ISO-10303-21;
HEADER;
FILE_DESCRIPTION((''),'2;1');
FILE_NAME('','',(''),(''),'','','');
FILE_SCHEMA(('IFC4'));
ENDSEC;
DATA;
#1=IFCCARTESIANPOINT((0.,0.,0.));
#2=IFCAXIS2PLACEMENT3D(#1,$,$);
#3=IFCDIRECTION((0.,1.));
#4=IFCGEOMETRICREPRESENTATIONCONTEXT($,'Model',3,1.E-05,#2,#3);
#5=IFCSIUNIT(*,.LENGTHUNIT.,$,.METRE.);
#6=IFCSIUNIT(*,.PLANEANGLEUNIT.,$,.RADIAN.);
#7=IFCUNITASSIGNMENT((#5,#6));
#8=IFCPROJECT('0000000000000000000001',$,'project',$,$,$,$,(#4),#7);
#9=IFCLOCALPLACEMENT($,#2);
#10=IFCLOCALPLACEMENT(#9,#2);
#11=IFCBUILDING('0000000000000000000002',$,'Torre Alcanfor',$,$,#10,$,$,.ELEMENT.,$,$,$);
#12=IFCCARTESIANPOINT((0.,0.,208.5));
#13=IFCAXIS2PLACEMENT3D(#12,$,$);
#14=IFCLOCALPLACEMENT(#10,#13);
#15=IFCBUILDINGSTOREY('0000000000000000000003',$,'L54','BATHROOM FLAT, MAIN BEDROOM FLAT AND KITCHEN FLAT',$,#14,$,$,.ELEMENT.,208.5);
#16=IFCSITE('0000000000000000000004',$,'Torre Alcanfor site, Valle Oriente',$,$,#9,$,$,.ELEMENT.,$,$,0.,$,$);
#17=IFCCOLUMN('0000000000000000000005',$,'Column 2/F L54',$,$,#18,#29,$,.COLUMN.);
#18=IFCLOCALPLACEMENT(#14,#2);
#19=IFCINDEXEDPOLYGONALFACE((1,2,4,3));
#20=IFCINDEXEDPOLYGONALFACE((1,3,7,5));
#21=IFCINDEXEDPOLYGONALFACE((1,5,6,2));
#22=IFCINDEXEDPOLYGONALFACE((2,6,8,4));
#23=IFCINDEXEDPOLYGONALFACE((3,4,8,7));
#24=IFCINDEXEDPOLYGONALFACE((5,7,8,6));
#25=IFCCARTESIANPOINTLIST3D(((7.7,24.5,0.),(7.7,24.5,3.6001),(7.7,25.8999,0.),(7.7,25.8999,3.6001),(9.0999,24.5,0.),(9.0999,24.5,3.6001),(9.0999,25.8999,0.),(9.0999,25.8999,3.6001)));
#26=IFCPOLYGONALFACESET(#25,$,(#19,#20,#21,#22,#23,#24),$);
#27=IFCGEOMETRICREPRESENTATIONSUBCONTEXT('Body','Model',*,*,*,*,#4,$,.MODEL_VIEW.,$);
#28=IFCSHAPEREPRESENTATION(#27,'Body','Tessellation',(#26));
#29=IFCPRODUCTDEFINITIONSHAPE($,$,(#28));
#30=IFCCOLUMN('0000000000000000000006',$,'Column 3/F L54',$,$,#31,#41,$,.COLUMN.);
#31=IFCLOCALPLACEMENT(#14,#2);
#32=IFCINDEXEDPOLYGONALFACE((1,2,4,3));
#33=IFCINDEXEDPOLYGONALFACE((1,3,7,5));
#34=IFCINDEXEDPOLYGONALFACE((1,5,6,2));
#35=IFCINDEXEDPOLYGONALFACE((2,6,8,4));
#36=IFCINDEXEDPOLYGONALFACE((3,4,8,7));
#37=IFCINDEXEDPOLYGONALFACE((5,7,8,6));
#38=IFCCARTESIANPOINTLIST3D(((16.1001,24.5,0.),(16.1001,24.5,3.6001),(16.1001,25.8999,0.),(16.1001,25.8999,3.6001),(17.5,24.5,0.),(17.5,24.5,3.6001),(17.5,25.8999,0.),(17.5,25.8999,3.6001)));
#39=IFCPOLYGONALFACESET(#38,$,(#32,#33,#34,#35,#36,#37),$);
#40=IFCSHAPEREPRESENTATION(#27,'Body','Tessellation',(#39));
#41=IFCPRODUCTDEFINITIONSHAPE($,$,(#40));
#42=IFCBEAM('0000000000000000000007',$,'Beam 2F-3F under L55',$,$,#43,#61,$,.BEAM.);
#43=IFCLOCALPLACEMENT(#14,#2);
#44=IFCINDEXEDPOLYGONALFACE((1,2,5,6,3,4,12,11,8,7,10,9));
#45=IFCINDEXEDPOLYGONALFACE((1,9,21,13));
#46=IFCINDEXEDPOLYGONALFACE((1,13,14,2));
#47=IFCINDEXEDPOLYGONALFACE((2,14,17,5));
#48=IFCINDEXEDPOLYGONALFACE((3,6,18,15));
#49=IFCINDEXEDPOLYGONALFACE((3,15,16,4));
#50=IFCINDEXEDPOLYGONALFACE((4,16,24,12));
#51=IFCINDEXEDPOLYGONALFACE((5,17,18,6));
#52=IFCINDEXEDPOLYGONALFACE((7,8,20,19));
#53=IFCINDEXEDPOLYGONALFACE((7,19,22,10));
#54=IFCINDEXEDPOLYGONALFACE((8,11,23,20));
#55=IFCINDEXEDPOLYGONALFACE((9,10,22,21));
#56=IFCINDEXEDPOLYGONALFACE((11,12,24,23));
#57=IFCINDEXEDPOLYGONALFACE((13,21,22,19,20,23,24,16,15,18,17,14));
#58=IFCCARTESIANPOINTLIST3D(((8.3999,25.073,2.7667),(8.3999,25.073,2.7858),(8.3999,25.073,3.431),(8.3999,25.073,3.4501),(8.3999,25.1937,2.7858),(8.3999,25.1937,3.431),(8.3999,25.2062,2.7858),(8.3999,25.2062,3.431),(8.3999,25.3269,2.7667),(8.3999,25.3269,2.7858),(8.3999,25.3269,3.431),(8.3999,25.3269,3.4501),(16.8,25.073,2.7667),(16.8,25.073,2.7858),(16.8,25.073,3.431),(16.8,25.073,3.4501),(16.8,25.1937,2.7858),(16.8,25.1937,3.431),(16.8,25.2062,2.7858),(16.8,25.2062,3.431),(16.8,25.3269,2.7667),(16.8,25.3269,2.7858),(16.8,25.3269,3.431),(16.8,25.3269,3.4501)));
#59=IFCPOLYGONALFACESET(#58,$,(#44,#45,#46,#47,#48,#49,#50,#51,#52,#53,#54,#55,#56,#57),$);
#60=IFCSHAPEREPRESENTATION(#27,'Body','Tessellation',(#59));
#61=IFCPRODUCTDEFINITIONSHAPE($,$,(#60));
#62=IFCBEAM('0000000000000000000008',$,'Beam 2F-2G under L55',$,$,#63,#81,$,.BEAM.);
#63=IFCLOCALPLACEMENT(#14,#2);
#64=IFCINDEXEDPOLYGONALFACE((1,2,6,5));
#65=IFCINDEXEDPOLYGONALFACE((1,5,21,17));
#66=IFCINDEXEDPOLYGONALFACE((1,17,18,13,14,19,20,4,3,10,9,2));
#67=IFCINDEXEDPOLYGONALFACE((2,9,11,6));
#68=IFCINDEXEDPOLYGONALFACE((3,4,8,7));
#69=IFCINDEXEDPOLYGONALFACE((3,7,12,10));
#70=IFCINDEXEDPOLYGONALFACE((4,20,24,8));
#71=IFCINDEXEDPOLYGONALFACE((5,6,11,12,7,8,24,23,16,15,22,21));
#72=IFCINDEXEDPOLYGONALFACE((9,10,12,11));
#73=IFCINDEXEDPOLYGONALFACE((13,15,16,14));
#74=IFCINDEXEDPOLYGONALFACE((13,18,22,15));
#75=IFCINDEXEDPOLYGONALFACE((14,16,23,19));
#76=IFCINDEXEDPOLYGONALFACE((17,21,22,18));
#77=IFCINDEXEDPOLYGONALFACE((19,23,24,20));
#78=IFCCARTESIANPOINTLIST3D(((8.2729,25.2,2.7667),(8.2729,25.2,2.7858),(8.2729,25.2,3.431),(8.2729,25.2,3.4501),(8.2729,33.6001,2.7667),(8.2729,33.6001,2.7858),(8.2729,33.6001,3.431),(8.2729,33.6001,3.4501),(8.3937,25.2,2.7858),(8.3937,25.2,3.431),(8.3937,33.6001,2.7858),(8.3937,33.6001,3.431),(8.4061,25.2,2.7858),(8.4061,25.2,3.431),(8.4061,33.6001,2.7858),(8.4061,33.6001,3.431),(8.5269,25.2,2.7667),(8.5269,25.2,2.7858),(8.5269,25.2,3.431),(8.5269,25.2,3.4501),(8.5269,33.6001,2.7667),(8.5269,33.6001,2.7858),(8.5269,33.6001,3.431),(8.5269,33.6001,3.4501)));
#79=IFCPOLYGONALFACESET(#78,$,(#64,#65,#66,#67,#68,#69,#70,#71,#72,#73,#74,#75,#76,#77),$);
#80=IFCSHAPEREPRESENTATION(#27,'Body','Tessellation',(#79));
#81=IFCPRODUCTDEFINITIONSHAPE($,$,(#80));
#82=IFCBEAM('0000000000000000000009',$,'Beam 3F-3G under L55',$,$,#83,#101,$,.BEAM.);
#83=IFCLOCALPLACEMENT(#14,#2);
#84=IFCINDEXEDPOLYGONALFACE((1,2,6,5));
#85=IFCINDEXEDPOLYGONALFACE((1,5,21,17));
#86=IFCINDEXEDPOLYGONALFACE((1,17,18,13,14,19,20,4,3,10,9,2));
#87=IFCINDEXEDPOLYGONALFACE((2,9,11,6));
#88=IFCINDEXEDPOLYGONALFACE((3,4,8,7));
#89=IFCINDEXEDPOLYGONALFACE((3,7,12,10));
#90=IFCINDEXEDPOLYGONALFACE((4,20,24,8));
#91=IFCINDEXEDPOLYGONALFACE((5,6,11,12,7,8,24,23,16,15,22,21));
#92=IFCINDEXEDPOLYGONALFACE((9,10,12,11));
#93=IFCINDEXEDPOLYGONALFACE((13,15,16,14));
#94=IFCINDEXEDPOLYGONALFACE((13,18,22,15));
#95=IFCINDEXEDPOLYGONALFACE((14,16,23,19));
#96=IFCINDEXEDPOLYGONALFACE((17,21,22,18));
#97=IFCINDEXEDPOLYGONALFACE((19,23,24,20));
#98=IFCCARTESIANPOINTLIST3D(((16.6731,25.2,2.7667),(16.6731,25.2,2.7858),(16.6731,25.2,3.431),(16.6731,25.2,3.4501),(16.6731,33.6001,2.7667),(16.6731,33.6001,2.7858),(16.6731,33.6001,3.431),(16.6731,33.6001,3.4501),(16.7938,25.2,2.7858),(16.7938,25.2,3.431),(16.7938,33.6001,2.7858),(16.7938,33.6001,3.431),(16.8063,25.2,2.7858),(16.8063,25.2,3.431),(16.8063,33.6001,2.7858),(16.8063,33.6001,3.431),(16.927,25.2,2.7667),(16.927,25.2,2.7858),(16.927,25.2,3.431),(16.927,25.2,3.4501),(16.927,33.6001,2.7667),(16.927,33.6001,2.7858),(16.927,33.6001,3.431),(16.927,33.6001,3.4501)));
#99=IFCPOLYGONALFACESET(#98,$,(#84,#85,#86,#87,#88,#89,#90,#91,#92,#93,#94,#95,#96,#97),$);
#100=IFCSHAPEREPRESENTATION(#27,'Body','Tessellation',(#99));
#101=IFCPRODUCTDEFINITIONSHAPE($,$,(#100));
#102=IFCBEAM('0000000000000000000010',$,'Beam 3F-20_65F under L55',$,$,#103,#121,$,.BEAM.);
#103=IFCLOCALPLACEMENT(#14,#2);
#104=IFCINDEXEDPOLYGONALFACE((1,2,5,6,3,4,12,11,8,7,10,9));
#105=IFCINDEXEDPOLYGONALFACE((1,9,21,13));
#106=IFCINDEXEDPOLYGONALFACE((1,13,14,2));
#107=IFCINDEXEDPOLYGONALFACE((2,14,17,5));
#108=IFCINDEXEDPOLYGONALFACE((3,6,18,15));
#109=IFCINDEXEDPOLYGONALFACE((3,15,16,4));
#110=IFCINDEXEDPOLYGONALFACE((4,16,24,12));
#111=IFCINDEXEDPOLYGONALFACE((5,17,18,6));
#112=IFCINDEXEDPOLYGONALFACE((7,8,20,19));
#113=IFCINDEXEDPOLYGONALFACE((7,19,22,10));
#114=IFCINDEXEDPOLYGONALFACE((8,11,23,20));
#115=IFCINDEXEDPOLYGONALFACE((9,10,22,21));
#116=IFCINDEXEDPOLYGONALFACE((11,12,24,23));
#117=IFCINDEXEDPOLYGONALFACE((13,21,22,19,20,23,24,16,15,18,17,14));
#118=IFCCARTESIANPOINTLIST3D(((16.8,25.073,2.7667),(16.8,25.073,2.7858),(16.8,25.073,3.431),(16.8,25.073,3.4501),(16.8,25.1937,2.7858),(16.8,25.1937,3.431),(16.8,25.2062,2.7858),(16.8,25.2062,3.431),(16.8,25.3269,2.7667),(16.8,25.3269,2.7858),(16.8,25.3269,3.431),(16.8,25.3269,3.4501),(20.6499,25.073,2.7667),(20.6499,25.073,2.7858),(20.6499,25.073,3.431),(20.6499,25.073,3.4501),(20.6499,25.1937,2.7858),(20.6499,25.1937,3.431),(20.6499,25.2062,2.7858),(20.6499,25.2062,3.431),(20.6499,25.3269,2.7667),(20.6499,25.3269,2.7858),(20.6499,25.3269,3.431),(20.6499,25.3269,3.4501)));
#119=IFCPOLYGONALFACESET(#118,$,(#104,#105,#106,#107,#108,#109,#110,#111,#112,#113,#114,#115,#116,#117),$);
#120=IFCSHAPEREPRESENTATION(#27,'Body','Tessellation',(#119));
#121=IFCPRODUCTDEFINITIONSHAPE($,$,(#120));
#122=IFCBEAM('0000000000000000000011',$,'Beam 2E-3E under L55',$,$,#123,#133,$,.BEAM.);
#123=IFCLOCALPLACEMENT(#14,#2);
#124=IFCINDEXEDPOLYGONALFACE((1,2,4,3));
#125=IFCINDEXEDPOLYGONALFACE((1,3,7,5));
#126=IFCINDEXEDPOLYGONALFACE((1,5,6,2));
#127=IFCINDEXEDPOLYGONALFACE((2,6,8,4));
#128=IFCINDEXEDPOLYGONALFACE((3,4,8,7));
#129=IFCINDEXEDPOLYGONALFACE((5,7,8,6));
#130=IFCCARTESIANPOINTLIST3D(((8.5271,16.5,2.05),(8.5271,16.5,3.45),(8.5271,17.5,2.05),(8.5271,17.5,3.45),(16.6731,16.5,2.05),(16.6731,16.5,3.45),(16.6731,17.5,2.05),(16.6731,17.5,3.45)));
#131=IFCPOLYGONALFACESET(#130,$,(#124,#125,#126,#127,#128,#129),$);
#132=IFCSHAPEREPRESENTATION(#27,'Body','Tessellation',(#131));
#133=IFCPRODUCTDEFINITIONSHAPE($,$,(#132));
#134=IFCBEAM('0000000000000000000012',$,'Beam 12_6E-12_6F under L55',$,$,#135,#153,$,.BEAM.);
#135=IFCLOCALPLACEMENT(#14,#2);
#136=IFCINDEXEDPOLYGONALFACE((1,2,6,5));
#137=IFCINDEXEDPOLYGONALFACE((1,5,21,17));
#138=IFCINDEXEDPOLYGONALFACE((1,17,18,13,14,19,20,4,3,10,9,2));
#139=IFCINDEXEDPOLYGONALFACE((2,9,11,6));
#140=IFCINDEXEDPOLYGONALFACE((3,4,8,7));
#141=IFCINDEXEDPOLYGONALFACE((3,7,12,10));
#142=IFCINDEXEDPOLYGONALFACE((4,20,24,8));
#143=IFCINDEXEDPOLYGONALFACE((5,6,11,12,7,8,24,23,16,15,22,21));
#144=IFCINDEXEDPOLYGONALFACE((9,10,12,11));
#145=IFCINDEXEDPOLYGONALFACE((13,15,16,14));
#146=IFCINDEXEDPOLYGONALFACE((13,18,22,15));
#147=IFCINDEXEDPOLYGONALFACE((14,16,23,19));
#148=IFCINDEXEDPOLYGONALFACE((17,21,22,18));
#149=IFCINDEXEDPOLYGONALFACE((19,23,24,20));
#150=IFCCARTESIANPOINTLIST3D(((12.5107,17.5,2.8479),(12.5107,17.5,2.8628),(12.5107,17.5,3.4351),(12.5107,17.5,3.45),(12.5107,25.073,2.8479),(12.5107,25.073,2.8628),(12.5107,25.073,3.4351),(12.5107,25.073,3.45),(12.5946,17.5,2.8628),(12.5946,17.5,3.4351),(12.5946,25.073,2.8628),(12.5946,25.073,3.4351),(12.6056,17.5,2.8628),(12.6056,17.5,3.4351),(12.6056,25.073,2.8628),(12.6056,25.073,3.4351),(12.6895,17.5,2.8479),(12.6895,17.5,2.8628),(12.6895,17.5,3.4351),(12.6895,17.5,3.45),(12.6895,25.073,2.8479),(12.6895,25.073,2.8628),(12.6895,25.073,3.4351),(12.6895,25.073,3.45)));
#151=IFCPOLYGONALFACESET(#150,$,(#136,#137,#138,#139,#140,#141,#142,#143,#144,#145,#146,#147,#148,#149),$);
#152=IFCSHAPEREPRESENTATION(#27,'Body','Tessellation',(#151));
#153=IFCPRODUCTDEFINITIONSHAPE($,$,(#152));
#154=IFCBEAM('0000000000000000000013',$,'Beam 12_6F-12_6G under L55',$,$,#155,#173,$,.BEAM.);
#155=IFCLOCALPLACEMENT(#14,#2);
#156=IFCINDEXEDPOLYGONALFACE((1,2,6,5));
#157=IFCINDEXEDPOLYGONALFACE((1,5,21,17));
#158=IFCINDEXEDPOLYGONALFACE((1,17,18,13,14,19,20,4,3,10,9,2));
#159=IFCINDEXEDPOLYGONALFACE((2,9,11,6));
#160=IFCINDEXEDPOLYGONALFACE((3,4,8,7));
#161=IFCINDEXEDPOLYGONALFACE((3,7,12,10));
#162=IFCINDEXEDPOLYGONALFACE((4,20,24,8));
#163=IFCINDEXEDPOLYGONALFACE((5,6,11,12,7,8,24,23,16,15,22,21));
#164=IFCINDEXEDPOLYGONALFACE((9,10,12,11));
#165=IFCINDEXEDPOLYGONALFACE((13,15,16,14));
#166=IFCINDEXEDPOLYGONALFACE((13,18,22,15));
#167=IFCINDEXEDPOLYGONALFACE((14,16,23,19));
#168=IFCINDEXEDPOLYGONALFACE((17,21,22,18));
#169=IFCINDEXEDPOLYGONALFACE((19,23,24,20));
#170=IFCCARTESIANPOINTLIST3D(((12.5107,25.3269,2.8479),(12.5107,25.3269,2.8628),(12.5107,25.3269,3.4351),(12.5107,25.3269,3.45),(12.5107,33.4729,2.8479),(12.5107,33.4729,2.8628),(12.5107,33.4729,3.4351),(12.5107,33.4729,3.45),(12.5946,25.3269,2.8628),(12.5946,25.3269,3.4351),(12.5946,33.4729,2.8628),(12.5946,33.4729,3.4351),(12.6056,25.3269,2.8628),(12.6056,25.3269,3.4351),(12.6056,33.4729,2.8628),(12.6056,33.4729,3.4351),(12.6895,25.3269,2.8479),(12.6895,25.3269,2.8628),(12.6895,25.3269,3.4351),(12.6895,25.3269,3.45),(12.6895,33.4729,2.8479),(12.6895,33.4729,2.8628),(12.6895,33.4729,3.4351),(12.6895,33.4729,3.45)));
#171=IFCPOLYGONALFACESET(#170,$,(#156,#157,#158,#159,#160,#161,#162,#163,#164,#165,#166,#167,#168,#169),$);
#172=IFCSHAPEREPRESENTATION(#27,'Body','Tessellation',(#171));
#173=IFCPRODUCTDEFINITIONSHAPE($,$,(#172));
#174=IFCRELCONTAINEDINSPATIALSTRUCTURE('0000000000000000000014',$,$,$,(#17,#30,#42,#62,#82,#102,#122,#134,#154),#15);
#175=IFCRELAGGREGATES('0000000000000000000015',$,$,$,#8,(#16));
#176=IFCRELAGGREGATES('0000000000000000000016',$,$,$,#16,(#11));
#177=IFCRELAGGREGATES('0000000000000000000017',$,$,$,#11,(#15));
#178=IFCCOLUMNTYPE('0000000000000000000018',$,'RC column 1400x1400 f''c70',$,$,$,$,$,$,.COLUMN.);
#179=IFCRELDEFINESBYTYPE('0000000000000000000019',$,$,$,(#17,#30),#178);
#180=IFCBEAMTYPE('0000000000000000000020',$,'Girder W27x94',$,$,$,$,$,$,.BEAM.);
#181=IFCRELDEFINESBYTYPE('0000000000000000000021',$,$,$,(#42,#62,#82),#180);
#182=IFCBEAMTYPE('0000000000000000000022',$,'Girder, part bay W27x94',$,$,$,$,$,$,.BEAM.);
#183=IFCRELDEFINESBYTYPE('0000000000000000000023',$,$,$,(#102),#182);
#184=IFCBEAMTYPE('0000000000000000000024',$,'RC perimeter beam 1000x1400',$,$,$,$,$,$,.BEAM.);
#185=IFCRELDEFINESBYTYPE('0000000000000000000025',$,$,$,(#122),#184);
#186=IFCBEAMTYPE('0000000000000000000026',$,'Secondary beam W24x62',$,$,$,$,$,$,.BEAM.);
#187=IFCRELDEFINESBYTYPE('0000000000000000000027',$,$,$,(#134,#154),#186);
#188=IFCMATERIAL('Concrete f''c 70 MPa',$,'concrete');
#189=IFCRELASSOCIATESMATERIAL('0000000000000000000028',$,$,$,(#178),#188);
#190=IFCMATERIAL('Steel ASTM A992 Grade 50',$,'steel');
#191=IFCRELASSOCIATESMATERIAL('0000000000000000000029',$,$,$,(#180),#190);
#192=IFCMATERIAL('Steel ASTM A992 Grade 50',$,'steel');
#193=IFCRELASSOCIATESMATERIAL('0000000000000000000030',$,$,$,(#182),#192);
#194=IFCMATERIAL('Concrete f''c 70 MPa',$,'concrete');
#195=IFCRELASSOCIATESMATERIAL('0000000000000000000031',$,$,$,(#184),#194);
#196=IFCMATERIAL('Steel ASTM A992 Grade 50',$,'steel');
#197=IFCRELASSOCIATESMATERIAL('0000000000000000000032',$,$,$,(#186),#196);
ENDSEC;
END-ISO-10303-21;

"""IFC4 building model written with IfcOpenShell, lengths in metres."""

from ifc_helpers import new_model, si_unit, direction, frame, origin, origin_2d, place, context, subcontext, project, spatial, rectangle, i_section, extrude, material, material_profile, profile_set, type_object, element, save


model = new_model("IFC4")

# Units and contexts
model_context = context("Model", 3, precision=1e-05, world=origin(), true_north=direction((0.0, 1.0)))
body_context = subcontext(model_context, "Body", "Model", "MODEL_VIEW")
ifc_project = project(units=[si_unit("LENGTHUNIT", "METRE"), si_unit("PLANEANGLEUNIT", "RADIAN")], contexts=[model_context])

# Site, building, storey
site_placement = place(None, origin())
site = spatial("IfcSite", under=ifc_project, at=site_placement, Name="Torre Alcanfor site, Valle Oriente", CompositionType="ELEMENT", RefElevation=0.0)
building_placement = place(site_placement, origin())
building = spatial("IfcBuilding", under=site, at=building_placement, Name="Torre Alcanfor", CompositionType="ELEMENT")
storey_placement = place(building_placement, frame((0.0, 0.0, 208.5)))
storey = spatial("IfcBuildingStorey", under=building, at=storey_placement, Name="L54", Description="BATHROOM FLAT, MAIN BEDROOM FLAT AND KITCHEN FLAT", CompositionType="ELEMENT", Elevation=208.5)

# Columns
ifc_material_1 = material(Name="Concrete f'c 70 MPa", Category="concrete")
ifc_material_profile_1 = material_profile(ifc_material_1, rectangle(XDim=1.3999, YDim=1.3999, at=origin_2d()), Name="1400x1400")
ifc_profile_set_1 = profile_set([ifc_material_profile_1], Name="Concrete f'c 70 MPa")
column_type = type_object("IfcColumnType", Name="RC column 1400x1400 f'c70", PredefinedType="COLUMN", material=ifc_profile_set_1)
for number, where, z_axis, x_axis, name in (
    (1, (8.3999, 25.2, 0.0), (0.0, 0.0, 1.0), (1.0, 0.0, 0.0), "Column 2/F L54"),
    (2, (16.8, 25.2, 0.0), (0.0, 0.0, 1.0), (1.0, 0.0, 0.0), "Column 3/F L54"),
):
    element("IfcColumn", number, at=place(storey_placement, frame(where, z_axis=z_axis, x_axis=x_axis)), inside=storey, type_object=column_type, Name=name, PredefinedType="COLUMN", context=body_context, shape_type="SweptSolid", body=[
        extrude(rectangle(XDim=1.3999, YDim=1.3999, at=origin_2d()), origin(), (0.0, 0.0, 1.0), 3.6001),
    ])

# Beams
ifc_material_2 = material(Name="Steel ASTM A992 Grade 50", Category="steel")
ifc_material_profile_2 = material_profile(ifc_material_2, i_section(OverallWidth=0.2539, OverallDepth=0.6833, WebThickness=0.0125, FlangeThickness=0.019, at=origin_2d()), Name="W27x94")
ifc_profile_set_2 = profile_set([ifc_material_profile_2], Name="Steel ASTM A992 Grade 50")
beam_type_1 = type_object("IfcBeamType", Name="Girder W27x94", PredefinedType="BEAM", material=ifc_profile_set_2)
for number, where, z_axis, x_axis, name in (
    (3, (8.3999, 25.2, 3.1084), (1.0, 0.0, 0.0), (0.0, 1.0, 0.0), "Beam 2F-3F under L55"),
    (4, (8.3999, 25.2, 3.1084), (0.0, 1.0, 0.0), (-1.0, 0.0, 0.0), "Beam 2F-2G under L55"),
    (5, (16.8, 25.2, 3.1084), (0.0, 1.0, 0.0), (-1.0, 0.0, 0.0), "Beam 3F-3G under L55"),
):
    element("IfcBeam", number, at=place(storey_placement, frame(where, z_axis=z_axis, x_axis=x_axis)), inside=storey, type_object=beam_type_1, Name=name, PredefinedType="BEAM", context=body_context, shape_type="SweptSolid", body=[
        extrude(i_section(OverallWidth=0.2539, OverallDepth=0.6833, WebThickness=0.0125, FlangeThickness=0.019, at=origin_2d()), origin(), (0.0, 0.0, 1.0), 8.4001),
    ])
ifc_material_3 = material(Name="Steel ASTM A992 Grade 50", Category="steel")
ifc_material_profile_3 = material_profile(ifc_material_3, i_section(OverallWidth=0.2539, OverallDepth=0.6833, WebThickness=0.0125, FlangeThickness=0.019, at=origin_2d()), Name="W27x94")
ifc_profile_set_3 = profile_set([ifc_material_profile_3], Name="Steel ASTM A992 Grade 50")
beam_type_2 = type_object("IfcBeamType", Name="Girder, part bay W27x94", PredefinedType="BEAM", material=ifc_profile_set_3)
beam_1_placement = place(storey_placement, frame((16.8, 25.2, 3.1084), z_axis=(1.0, 0.0, 0.0), x_axis=(0.0, 1.0, 0.0)))
element("IfcBeam", 6, at=beam_1_placement, inside=storey, type_object=beam_type_2, Name="Beam 3F-20_65F under L55", PredefinedType="BEAM", context=body_context, shape_type="SweptSolid", body=[
    extrude(i_section(OverallWidth=0.2539, OverallDepth=0.6833, WebThickness=0.0125, FlangeThickness=0.019, at=origin_2d()), origin(), (0.0, 0.0, 1.0), 3.8499),
])
ifc_material_4 = material(Name="Concrete f'c 70 MPa", Category="concrete")
ifc_material_profile_4 = material_profile(ifc_material_4, rectangle(XDim=1.0, YDim=1.3999, at=origin_2d()), Name="1000x1400")
ifc_profile_set_4 = profile_set([ifc_material_profile_4], Name="Concrete f'c 70 MPa")
beam_type_3 = type_object("IfcBeamType", Name="RC perimeter beam 1000x1400", PredefinedType="BEAM", material=ifc_profile_set_4)
beam_2_placement = place(storey_placement, frame((8.5271, 17.0, 2.75), z_axis=(1.0, 0.0, 0.0), x_axis=(0.0, 1.0, 0.0)))
element("IfcBeam", 7, at=beam_2_placement, inside=storey, type_object=beam_type_3, Name="Beam 2E-3E under L55", PredefinedType="BEAM", context=body_context, shape_type="SweptSolid", body=[
    extrude(rectangle(XDim=1.0, YDim=1.3999, at=origin_2d()), origin(), (0.0, 0.0, 1.0), 8.146),
])
ifc_material_5 = material(Name="Steel ASTM A992 Grade 50", Category="steel")
ifc_material_profile_5 = material_profile(ifc_material_5, i_section(OverallWidth=0.1787, OverallDepth=0.6021, WebThickness=0.011, FlangeThickness=0.0149, at=origin_2d()), Name="W24x62")
ifc_profile_set_5 = profile_set([ifc_material_profile_5], Name="Steel ASTM A992 Grade 50")
beam_type_4 = type_object("IfcBeamType", Name="Secondary beam W24x62", PredefinedType="BEAM", material=ifc_profile_set_5)
beam_3_placement = place(storey_placement, frame((12.6001, 17.5, 3.1489), z_axis=(0.0, 1.0, 0.0), x_axis=(-1.0, 0.0, 0.0)))
element("IfcBeam", 8, at=beam_3_placement, inside=storey, type_object=beam_type_4, Name="Beam 12_6E-12_6F under L55", PredefinedType="BEAM", context=body_context, shape_type="SweptSolid", body=[
    extrude(i_section(OverallWidth=0.1787, OverallDepth=0.6021, WebThickness=0.011, FlangeThickness=0.0149, at=origin_2d()), origin(), (0.0, 0.0, 1.0), 7.573),
])
beam_4_placement = place(storey_placement, frame((12.6001, 25.3269, 3.1489), z_axis=(0.0, 1.0, 0.0), x_axis=(-1.0, 0.0, 0.0)))
element("IfcBeam", 9, at=beam_4_placement, inside=storey, type_object=beam_type_4, Name="Beam 12_6F-12_6G under L55", PredefinedType="BEAM", context=body_context, shape_type="SweptSolid", body=[
    extrude(i_section(OverallWidth=0.1787, OverallDepth=0.6021, WebThickness=0.011, FlangeThickness=0.0149, at=origin_2d()), origin(), (0.0, 0.0, 1.0), 8.146),
])

save(model, "model.ifc")
